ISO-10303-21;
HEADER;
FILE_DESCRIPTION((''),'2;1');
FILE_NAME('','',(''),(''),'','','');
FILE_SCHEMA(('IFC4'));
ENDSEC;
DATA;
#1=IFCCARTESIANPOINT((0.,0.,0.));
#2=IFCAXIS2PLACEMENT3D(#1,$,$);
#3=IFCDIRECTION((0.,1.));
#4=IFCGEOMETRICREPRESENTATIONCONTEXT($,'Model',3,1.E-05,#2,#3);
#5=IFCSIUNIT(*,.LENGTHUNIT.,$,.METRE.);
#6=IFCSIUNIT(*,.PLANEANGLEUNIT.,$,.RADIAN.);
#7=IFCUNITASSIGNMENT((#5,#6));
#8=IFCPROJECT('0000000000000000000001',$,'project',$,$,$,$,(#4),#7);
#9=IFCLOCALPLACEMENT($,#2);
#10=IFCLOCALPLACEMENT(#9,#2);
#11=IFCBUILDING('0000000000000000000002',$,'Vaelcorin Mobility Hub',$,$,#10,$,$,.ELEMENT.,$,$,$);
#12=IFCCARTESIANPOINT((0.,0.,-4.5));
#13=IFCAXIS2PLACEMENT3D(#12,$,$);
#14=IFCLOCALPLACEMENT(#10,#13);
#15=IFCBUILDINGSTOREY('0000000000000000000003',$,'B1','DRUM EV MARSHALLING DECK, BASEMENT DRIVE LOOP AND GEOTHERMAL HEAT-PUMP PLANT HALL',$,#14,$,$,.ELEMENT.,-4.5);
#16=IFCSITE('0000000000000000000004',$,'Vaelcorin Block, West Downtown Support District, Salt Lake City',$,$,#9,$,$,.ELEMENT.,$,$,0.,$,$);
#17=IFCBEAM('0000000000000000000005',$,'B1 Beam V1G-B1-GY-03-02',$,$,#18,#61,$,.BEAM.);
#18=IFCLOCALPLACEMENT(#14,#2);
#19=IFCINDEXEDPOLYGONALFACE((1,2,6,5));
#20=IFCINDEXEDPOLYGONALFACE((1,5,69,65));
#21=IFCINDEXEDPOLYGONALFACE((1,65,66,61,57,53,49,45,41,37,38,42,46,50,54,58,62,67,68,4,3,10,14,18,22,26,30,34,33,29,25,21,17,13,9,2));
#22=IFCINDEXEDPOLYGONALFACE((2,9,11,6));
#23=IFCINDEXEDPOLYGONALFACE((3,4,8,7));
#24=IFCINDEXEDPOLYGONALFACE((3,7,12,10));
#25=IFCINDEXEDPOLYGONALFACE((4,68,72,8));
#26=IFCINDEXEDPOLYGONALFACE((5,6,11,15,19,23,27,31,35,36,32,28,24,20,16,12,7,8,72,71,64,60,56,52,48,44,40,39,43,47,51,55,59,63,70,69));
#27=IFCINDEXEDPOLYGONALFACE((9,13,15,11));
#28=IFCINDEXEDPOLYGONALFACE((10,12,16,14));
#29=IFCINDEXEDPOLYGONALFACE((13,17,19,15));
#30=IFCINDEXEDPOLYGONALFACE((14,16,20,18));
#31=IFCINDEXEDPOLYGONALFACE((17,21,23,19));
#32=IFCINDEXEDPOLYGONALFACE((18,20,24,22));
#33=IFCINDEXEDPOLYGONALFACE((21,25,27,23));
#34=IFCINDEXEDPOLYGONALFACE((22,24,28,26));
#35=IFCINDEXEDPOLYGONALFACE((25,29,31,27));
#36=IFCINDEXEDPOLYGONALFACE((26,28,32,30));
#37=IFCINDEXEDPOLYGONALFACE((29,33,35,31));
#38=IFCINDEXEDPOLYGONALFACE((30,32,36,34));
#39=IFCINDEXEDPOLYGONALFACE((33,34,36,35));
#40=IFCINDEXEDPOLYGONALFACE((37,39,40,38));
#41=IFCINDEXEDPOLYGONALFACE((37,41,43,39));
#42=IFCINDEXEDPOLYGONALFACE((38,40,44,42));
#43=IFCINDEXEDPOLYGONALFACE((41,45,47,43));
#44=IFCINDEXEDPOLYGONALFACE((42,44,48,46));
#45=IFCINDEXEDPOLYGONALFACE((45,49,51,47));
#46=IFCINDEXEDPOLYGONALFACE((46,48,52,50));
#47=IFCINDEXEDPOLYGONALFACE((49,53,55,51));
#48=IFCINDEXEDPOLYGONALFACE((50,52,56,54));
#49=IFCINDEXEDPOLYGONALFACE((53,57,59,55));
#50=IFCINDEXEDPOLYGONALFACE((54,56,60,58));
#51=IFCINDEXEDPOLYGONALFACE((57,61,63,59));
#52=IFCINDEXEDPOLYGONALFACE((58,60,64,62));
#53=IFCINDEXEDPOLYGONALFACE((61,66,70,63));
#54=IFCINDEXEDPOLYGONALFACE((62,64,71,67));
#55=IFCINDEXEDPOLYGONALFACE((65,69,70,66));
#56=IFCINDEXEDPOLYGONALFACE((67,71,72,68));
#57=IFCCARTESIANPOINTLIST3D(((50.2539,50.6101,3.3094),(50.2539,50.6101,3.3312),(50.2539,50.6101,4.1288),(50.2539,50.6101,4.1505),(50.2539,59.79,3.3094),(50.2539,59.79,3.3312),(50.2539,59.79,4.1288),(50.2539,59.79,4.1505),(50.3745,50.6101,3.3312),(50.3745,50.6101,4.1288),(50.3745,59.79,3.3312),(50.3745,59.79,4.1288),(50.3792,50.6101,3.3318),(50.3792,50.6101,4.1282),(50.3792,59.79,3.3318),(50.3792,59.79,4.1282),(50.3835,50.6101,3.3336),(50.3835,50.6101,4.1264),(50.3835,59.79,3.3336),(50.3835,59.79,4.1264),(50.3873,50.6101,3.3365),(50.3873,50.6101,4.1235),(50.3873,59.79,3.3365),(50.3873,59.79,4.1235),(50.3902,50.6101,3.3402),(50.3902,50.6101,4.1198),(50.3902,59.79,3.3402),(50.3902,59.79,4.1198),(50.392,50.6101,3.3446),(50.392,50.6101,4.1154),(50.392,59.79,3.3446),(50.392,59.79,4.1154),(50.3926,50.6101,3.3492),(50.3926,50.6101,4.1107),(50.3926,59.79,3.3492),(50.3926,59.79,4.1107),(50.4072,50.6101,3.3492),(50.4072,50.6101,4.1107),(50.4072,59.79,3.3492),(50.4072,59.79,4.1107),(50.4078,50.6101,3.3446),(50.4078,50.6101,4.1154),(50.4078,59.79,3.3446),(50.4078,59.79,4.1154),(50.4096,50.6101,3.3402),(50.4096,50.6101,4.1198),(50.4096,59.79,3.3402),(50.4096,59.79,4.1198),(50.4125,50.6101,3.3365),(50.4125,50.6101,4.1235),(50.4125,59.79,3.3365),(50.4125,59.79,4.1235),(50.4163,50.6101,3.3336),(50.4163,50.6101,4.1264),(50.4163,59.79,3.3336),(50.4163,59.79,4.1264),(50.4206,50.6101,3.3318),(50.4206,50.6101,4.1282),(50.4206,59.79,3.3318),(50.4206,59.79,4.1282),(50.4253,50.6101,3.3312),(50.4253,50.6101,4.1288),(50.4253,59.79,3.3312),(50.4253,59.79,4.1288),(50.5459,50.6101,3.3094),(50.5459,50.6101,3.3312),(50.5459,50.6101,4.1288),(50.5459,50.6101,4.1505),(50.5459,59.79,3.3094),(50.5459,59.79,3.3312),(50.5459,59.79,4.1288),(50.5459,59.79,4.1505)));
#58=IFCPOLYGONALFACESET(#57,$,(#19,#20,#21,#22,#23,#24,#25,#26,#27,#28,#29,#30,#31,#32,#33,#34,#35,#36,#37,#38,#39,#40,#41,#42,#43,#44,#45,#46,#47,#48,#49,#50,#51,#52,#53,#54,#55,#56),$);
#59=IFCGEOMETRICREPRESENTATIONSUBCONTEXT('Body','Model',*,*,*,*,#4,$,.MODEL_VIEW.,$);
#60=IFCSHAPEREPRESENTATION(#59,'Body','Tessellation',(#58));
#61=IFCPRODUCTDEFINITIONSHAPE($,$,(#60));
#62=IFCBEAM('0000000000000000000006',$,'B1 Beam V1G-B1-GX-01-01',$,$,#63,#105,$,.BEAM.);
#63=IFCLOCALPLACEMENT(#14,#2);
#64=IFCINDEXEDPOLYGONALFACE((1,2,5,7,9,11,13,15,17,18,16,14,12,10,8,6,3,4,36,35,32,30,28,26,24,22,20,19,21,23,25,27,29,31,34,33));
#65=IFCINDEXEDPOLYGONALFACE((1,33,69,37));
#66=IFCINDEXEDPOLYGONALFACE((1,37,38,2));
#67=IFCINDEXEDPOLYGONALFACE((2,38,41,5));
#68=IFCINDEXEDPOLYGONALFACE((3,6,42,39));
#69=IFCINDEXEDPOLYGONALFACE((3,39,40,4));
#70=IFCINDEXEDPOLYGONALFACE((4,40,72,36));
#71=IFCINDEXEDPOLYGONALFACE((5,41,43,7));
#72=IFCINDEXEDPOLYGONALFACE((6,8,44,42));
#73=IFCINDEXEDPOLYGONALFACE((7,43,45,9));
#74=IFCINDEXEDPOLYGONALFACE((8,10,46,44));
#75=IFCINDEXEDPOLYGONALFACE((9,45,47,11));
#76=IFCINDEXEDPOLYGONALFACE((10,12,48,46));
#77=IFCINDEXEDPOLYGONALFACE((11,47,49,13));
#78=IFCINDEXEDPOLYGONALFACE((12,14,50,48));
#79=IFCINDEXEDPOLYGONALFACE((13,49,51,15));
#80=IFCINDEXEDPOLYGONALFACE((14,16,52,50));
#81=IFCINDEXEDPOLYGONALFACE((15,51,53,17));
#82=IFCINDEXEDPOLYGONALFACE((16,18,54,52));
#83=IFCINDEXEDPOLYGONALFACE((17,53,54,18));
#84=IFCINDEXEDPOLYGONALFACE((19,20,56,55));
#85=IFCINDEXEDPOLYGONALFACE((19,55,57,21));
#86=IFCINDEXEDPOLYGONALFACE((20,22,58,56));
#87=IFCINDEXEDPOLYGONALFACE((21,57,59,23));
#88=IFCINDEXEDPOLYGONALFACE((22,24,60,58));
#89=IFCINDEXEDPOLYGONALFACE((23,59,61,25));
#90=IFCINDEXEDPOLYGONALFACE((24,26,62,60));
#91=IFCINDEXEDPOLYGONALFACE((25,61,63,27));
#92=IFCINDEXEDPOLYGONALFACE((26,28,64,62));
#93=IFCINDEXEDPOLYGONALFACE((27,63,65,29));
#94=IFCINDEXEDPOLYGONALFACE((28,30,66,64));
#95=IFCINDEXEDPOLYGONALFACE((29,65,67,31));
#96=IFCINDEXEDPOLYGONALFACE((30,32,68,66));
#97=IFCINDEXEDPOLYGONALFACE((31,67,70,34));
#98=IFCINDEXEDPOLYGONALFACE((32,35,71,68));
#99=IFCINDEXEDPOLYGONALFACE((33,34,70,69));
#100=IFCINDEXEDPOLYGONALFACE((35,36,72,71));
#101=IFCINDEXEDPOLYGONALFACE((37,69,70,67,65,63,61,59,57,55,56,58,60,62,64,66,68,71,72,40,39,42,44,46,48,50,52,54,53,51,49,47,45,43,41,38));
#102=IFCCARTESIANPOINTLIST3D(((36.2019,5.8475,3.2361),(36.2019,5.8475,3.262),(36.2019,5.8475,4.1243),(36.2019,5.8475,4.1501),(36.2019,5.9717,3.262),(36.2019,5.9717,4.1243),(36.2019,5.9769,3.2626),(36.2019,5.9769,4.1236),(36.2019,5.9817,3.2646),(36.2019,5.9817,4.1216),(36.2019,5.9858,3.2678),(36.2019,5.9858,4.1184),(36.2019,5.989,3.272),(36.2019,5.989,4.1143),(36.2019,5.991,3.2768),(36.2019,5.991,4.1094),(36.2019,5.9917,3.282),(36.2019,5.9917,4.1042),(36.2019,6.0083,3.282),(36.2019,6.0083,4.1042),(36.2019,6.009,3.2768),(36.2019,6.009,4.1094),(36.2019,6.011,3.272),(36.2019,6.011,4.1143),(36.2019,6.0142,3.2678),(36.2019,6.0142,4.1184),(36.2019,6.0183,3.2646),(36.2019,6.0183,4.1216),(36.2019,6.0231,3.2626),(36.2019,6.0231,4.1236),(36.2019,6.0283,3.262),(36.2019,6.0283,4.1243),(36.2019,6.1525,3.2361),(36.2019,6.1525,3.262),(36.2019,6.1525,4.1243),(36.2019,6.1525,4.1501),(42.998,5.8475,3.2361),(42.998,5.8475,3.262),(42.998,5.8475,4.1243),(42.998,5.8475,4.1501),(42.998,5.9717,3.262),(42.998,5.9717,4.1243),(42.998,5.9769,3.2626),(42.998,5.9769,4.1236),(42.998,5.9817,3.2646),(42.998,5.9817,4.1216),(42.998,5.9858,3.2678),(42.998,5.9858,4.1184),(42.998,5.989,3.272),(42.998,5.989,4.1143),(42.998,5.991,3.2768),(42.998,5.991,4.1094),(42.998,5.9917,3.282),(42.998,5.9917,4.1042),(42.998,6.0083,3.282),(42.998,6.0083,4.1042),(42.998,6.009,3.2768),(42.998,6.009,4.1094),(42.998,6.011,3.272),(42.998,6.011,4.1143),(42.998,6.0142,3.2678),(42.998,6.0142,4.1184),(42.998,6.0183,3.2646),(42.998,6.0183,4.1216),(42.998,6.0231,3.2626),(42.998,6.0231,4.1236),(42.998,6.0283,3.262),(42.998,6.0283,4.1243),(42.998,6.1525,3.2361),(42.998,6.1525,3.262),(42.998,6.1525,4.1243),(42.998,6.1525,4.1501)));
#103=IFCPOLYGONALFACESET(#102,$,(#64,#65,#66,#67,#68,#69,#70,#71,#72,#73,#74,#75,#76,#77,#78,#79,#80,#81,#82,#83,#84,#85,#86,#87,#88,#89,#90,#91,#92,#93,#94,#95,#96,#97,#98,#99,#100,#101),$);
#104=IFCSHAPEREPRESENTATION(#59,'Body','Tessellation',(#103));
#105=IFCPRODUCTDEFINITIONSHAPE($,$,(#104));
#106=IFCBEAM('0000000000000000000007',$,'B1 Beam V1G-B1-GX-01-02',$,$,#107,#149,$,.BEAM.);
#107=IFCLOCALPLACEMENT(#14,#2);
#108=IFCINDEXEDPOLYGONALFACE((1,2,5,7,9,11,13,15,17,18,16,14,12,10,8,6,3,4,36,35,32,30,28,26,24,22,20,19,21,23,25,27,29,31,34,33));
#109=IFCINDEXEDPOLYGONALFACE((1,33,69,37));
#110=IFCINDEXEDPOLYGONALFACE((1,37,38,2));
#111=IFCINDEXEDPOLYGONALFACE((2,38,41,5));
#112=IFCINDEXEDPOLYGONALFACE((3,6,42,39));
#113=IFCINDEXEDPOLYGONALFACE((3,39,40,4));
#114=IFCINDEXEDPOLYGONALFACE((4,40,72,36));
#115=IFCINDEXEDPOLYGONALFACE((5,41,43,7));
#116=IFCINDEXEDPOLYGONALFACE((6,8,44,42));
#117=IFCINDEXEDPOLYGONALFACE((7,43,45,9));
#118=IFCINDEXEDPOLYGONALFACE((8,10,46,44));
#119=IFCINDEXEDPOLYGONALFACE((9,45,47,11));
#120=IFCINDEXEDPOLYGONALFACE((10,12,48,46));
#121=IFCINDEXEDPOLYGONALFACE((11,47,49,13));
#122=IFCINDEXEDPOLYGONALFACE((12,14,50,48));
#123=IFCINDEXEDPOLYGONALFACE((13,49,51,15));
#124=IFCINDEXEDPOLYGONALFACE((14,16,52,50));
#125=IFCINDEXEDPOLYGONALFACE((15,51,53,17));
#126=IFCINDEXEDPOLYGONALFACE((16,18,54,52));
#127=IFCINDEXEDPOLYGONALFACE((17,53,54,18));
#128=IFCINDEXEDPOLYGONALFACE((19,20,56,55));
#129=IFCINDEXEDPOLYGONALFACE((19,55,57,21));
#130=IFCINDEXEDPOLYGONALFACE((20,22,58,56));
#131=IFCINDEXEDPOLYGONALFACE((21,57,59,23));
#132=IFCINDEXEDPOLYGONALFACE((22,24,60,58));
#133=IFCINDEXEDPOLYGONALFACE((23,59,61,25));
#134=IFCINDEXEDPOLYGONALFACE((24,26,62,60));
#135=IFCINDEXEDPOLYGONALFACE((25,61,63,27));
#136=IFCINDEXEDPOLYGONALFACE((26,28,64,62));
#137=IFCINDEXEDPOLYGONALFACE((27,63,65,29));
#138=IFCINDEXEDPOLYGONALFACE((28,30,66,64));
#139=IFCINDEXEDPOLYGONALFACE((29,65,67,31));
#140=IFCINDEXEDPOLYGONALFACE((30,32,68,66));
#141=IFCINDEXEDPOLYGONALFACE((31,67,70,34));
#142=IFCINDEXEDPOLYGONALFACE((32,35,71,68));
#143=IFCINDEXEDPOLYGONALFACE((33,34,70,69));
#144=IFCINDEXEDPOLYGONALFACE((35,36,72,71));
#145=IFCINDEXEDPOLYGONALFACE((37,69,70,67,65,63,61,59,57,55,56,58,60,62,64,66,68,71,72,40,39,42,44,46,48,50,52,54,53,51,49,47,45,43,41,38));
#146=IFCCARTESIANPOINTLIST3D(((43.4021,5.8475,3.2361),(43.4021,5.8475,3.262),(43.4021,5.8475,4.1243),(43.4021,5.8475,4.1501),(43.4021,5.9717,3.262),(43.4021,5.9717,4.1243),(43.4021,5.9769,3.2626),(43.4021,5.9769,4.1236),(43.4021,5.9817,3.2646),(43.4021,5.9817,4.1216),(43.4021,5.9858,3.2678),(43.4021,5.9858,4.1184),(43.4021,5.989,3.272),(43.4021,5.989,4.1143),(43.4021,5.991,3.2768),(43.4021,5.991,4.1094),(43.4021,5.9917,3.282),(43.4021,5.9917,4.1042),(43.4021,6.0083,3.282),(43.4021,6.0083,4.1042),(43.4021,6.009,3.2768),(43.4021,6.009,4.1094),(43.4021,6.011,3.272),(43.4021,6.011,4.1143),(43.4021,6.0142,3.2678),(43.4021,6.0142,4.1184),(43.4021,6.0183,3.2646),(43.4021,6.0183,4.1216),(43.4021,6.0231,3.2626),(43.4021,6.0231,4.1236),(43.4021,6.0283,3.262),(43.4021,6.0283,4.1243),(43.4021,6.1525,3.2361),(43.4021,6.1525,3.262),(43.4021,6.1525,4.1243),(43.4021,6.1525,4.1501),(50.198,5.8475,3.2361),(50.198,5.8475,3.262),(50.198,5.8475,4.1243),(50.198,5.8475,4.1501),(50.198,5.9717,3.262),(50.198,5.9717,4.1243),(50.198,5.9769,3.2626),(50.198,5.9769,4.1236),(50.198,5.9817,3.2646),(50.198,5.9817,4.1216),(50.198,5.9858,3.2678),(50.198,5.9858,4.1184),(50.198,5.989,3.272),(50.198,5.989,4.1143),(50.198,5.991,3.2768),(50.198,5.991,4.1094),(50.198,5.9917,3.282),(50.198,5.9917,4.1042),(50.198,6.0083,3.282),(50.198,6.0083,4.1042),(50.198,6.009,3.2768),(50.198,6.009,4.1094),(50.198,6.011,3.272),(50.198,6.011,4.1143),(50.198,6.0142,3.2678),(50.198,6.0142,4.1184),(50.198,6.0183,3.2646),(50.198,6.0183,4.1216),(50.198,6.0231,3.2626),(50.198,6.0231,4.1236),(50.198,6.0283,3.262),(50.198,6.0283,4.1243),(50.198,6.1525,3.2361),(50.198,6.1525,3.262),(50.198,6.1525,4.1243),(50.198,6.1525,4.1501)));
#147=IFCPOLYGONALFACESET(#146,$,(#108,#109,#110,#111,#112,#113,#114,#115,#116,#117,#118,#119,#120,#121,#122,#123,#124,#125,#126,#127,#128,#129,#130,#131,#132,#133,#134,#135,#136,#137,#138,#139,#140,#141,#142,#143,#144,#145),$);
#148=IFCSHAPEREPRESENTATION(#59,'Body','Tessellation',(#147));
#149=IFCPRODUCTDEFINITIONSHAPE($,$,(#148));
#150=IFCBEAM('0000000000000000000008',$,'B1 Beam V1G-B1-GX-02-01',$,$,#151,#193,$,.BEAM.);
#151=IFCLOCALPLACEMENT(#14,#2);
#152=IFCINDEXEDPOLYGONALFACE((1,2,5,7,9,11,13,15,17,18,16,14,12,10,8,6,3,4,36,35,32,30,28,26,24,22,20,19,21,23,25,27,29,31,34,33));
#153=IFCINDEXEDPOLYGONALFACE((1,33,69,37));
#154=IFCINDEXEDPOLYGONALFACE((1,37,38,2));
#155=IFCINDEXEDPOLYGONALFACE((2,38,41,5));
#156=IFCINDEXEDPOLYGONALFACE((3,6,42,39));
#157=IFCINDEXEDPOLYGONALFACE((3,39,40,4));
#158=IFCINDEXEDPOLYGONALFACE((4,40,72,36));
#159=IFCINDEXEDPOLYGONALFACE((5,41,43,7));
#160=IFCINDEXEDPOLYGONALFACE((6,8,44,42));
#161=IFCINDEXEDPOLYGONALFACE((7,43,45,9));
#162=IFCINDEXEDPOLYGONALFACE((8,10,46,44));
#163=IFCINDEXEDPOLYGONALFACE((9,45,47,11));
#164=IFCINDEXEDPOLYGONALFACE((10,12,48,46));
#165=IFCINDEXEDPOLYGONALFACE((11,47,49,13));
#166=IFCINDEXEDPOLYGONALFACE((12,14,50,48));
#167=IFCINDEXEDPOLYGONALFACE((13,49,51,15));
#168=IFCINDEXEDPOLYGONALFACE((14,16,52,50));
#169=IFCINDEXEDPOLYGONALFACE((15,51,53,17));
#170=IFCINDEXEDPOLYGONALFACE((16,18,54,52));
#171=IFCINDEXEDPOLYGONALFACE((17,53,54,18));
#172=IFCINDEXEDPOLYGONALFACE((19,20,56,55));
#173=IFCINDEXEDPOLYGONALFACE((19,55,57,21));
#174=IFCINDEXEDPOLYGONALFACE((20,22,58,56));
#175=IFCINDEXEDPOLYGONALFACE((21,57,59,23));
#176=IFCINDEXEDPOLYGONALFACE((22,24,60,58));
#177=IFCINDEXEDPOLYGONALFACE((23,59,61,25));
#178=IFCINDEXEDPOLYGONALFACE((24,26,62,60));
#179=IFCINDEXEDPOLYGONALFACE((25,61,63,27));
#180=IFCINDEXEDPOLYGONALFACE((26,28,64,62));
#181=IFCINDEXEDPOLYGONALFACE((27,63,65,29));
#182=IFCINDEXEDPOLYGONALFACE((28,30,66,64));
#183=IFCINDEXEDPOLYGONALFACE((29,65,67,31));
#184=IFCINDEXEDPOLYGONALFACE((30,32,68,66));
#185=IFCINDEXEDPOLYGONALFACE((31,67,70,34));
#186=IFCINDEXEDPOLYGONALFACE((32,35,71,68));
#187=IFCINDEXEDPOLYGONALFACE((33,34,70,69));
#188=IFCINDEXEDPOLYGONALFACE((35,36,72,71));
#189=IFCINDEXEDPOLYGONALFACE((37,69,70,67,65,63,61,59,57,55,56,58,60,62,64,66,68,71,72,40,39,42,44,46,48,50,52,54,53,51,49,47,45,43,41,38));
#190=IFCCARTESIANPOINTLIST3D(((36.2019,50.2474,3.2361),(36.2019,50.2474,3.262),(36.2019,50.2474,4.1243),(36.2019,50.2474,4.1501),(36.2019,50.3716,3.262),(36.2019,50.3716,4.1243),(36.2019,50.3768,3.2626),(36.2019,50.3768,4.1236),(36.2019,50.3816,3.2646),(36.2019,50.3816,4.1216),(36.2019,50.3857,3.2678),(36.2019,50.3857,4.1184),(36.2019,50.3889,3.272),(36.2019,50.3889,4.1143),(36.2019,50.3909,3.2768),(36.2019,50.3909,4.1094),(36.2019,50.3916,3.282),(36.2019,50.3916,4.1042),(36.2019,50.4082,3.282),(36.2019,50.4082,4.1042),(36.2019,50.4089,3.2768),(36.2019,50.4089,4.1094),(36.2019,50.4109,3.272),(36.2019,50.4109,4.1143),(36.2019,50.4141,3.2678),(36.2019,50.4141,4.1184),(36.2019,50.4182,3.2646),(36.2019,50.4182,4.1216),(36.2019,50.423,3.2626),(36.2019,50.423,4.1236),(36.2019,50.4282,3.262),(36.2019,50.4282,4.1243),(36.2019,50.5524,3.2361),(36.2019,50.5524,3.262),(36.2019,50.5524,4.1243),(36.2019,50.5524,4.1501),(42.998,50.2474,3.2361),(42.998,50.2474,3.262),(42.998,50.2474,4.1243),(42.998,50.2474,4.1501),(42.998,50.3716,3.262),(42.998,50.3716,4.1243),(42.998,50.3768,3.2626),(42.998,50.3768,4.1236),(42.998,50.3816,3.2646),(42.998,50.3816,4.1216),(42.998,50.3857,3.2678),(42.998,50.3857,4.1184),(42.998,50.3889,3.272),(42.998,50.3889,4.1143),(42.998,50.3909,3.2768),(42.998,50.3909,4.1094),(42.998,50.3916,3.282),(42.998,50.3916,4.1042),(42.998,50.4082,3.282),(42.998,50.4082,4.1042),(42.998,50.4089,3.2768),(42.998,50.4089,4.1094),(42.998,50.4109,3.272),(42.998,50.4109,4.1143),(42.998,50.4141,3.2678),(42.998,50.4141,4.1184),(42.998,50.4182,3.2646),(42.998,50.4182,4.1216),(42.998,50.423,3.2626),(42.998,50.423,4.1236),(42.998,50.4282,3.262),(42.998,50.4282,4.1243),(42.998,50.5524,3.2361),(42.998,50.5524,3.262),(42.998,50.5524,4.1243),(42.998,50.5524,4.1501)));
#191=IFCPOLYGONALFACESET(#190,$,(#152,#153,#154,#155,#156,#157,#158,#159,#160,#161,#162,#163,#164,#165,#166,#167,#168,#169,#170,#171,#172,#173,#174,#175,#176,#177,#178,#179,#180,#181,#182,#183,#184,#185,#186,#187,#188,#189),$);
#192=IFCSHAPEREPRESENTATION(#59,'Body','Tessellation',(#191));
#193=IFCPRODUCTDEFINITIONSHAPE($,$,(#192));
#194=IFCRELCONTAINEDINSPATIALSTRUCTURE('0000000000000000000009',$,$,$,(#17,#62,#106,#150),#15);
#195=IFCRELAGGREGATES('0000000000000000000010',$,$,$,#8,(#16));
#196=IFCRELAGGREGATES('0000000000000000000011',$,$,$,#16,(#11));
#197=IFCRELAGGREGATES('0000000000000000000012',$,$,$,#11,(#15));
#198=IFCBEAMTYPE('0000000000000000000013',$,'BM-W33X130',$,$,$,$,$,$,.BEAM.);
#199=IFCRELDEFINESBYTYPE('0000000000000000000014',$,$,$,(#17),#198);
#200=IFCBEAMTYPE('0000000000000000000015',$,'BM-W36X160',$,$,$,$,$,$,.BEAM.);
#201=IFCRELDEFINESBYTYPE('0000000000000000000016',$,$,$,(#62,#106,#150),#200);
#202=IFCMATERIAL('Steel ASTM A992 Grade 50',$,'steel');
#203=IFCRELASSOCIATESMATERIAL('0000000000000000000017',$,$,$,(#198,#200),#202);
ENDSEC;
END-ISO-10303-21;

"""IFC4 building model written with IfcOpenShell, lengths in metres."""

from ifc_helpers import new_model, si_unit, direction, frame, origin, origin_2d, place, context, subcontext, project, spatial, i_section, extrude, material, material_profile, profile_set, type_object, element, save


model = new_model("IFC4")

# Units and contexts
model_context = context("Model", 3, precision=1e-05, world=origin(), true_north=direction((0.0, 1.0)))
body_context = subcontext(model_context, "Body", "Model", "MODEL_VIEW")
ifc_project = project(units=[si_unit("LENGTHUNIT", "METRE"), si_unit("PLANEANGLEUNIT", "RADIAN")], contexts=[model_context])

# Site, building, storey
site_placement = place(None, origin())
site = spatial("IfcSite", under=ifc_project, at=site_placement, Name="Vaelcorin Block, West Downtown Support District, Salt Lake City", CompositionType="ELEMENT", RefElevation=0.0)
building_placement = place(site_placement, origin())
building = spatial("IfcBuilding", under=site, at=building_placement, Name="Vaelcorin Mobility Hub", CompositionType="ELEMENT")
storey_placement = place(building_placement, frame((0.0, 0.0, -4.5)))
storey = spatial("IfcBuildingStorey", under=building, at=storey_placement, Name="B1", Description="DRUM EV MARSHALLING DECK, BASEMENT DRIVE LOOP AND GEOTHERMAL HEAT-PUMP PLANT HALL", CompositionType="ELEMENT", Elevation=-4.5)

# Shared definitions
ifc_material_1 = material(Name="Steel ASTM A992 Grade 50", Category="steel")

# Beams
ifc_material_profile_1 = material_profile(ifc_material_1, i_section(OverallWidth=0.292, OverallDepth=0.8411, WebThickness=0.0146, FlangeThickness=0.0217, FilletRadius=0.0181, at=origin_2d()), Name="W33X130")
ifc_profile_set_1 = profile_set([ifc_material_profile_1], Name="Steel ASTM A992 Grade 50")
beam_type_1 = type_object("IfcBeamType", Name="BM-W33X130", PredefinedType="BEAM", material=ifc_profile_set_1)
beam_1_placement = place(storey_placement, frame((50.3999, 50.6101, 3.73), z_axis=(0.0, 1.0, 0.0), x_axis=(-1.0, 0.0, 0.0)))
element("IfcBeam", 1, at=beam_1_placement, inside=storey, type_object=beam_type_1, Name="B1 Beam V1G-B1-GY-03-02", PredefinedType="BEAM", context=body_context, shape_type="SweptSolid", body=[
    extrude(i_section(OverallWidth=0.292, OverallDepth=0.8411, WebThickness=0.0146, FlangeThickness=0.0217, FilletRadius=0.0181, at=origin_2d()), origin(), (0.0, 0.0, 1.0), 9.1799),
])
ifc_material_profile_2 = material_profile(ifc_material_1, i_section(OverallWidth=0.3049, OverallDepth=0.9141, WebThickness=0.0166, FlangeThickness=0.0259, FilletRadius=0.02, at=origin_2d()), Name="W36X160")
ifc_profile_set_2 = profile_set([ifc_material_profile_2], Name="Steel ASTM A992 Grade 50")
beam_type_2 = type_object("IfcBeamType", Name="BM-W36X160", PredefinedType="BEAM", material=ifc_profile_set_2)
beam_2_placement = place(storey_placement, frame((36.2019, 6.0, 3.6931), z_axis=(1.0, 0.0, 0.0), x_axis=(0.0, 1.0, 0.0)))
element("IfcBeam", 2, at=beam_2_placement, inside=storey, type_object=beam_type_2, Name="B1 Beam V1G-B1-GX-01-01", PredefinedType="BEAM", context=body_context, shape_type="SweptSolid", body=[
    extrude(i_section(OverallWidth=0.3049, OverallDepth=0.9141, WebThickness=0.0166, FlangeThickness=0.0259, FilletRadius=0.02, at=origin_2d()), origin(), (0.0, 0.0, 1.0), 6.7961),
])
beam_3_placement = place(storey_placement, frame((43.4021, 6.0, 3.6931), z_axis=(1.0, 0.0, 0.0), x_axis=(0.0, 1.0, 0.0)))
element("IfcBeam", 3, at=beam_3_placement, inside=storey, type_object=beam_type_2, Name="B1 Beam V1G-B1-GX-01-02", PredefinedType="BEAM", context=body_context, shape_type="SweptSolid", body=[
    extrude(i_section(OverallWidth=0.3049, OverallDepth=0.9141, WebThickness=0.0166, FlangeThickness=0.0259, FilletRadius=0.02, at=origin_2d()), origin(), (0.0, 0.0, 1.0), 6.7959),
])
beam_4_placement = place(storey_placement, frame((36.2019, 50.3999, 3.6931), z_axis=(1.0, 0.0, 0.0), x_axis=(0.0, 1.0, 0.0)))
element("IfcBeam", 4, at=beam_4_placement, inside=storey, type_object=beam_type_2, Name="B1 Beam V1G-B1-GX-02-01", PredefinedType="BEAM", context=body_context, shape_type="SweptSolid", body=[
    extrude(i_section(OverallWidth=0.3049, OverallDepth=0.9141, WebThickness=0.0166, FlangeThickness=0.0259, FilletRadius=0.02, at=origin_2d()), origin(), (0.0, 0.0, 1.0), 6.7961),
])

save(model, "model.ifc")
